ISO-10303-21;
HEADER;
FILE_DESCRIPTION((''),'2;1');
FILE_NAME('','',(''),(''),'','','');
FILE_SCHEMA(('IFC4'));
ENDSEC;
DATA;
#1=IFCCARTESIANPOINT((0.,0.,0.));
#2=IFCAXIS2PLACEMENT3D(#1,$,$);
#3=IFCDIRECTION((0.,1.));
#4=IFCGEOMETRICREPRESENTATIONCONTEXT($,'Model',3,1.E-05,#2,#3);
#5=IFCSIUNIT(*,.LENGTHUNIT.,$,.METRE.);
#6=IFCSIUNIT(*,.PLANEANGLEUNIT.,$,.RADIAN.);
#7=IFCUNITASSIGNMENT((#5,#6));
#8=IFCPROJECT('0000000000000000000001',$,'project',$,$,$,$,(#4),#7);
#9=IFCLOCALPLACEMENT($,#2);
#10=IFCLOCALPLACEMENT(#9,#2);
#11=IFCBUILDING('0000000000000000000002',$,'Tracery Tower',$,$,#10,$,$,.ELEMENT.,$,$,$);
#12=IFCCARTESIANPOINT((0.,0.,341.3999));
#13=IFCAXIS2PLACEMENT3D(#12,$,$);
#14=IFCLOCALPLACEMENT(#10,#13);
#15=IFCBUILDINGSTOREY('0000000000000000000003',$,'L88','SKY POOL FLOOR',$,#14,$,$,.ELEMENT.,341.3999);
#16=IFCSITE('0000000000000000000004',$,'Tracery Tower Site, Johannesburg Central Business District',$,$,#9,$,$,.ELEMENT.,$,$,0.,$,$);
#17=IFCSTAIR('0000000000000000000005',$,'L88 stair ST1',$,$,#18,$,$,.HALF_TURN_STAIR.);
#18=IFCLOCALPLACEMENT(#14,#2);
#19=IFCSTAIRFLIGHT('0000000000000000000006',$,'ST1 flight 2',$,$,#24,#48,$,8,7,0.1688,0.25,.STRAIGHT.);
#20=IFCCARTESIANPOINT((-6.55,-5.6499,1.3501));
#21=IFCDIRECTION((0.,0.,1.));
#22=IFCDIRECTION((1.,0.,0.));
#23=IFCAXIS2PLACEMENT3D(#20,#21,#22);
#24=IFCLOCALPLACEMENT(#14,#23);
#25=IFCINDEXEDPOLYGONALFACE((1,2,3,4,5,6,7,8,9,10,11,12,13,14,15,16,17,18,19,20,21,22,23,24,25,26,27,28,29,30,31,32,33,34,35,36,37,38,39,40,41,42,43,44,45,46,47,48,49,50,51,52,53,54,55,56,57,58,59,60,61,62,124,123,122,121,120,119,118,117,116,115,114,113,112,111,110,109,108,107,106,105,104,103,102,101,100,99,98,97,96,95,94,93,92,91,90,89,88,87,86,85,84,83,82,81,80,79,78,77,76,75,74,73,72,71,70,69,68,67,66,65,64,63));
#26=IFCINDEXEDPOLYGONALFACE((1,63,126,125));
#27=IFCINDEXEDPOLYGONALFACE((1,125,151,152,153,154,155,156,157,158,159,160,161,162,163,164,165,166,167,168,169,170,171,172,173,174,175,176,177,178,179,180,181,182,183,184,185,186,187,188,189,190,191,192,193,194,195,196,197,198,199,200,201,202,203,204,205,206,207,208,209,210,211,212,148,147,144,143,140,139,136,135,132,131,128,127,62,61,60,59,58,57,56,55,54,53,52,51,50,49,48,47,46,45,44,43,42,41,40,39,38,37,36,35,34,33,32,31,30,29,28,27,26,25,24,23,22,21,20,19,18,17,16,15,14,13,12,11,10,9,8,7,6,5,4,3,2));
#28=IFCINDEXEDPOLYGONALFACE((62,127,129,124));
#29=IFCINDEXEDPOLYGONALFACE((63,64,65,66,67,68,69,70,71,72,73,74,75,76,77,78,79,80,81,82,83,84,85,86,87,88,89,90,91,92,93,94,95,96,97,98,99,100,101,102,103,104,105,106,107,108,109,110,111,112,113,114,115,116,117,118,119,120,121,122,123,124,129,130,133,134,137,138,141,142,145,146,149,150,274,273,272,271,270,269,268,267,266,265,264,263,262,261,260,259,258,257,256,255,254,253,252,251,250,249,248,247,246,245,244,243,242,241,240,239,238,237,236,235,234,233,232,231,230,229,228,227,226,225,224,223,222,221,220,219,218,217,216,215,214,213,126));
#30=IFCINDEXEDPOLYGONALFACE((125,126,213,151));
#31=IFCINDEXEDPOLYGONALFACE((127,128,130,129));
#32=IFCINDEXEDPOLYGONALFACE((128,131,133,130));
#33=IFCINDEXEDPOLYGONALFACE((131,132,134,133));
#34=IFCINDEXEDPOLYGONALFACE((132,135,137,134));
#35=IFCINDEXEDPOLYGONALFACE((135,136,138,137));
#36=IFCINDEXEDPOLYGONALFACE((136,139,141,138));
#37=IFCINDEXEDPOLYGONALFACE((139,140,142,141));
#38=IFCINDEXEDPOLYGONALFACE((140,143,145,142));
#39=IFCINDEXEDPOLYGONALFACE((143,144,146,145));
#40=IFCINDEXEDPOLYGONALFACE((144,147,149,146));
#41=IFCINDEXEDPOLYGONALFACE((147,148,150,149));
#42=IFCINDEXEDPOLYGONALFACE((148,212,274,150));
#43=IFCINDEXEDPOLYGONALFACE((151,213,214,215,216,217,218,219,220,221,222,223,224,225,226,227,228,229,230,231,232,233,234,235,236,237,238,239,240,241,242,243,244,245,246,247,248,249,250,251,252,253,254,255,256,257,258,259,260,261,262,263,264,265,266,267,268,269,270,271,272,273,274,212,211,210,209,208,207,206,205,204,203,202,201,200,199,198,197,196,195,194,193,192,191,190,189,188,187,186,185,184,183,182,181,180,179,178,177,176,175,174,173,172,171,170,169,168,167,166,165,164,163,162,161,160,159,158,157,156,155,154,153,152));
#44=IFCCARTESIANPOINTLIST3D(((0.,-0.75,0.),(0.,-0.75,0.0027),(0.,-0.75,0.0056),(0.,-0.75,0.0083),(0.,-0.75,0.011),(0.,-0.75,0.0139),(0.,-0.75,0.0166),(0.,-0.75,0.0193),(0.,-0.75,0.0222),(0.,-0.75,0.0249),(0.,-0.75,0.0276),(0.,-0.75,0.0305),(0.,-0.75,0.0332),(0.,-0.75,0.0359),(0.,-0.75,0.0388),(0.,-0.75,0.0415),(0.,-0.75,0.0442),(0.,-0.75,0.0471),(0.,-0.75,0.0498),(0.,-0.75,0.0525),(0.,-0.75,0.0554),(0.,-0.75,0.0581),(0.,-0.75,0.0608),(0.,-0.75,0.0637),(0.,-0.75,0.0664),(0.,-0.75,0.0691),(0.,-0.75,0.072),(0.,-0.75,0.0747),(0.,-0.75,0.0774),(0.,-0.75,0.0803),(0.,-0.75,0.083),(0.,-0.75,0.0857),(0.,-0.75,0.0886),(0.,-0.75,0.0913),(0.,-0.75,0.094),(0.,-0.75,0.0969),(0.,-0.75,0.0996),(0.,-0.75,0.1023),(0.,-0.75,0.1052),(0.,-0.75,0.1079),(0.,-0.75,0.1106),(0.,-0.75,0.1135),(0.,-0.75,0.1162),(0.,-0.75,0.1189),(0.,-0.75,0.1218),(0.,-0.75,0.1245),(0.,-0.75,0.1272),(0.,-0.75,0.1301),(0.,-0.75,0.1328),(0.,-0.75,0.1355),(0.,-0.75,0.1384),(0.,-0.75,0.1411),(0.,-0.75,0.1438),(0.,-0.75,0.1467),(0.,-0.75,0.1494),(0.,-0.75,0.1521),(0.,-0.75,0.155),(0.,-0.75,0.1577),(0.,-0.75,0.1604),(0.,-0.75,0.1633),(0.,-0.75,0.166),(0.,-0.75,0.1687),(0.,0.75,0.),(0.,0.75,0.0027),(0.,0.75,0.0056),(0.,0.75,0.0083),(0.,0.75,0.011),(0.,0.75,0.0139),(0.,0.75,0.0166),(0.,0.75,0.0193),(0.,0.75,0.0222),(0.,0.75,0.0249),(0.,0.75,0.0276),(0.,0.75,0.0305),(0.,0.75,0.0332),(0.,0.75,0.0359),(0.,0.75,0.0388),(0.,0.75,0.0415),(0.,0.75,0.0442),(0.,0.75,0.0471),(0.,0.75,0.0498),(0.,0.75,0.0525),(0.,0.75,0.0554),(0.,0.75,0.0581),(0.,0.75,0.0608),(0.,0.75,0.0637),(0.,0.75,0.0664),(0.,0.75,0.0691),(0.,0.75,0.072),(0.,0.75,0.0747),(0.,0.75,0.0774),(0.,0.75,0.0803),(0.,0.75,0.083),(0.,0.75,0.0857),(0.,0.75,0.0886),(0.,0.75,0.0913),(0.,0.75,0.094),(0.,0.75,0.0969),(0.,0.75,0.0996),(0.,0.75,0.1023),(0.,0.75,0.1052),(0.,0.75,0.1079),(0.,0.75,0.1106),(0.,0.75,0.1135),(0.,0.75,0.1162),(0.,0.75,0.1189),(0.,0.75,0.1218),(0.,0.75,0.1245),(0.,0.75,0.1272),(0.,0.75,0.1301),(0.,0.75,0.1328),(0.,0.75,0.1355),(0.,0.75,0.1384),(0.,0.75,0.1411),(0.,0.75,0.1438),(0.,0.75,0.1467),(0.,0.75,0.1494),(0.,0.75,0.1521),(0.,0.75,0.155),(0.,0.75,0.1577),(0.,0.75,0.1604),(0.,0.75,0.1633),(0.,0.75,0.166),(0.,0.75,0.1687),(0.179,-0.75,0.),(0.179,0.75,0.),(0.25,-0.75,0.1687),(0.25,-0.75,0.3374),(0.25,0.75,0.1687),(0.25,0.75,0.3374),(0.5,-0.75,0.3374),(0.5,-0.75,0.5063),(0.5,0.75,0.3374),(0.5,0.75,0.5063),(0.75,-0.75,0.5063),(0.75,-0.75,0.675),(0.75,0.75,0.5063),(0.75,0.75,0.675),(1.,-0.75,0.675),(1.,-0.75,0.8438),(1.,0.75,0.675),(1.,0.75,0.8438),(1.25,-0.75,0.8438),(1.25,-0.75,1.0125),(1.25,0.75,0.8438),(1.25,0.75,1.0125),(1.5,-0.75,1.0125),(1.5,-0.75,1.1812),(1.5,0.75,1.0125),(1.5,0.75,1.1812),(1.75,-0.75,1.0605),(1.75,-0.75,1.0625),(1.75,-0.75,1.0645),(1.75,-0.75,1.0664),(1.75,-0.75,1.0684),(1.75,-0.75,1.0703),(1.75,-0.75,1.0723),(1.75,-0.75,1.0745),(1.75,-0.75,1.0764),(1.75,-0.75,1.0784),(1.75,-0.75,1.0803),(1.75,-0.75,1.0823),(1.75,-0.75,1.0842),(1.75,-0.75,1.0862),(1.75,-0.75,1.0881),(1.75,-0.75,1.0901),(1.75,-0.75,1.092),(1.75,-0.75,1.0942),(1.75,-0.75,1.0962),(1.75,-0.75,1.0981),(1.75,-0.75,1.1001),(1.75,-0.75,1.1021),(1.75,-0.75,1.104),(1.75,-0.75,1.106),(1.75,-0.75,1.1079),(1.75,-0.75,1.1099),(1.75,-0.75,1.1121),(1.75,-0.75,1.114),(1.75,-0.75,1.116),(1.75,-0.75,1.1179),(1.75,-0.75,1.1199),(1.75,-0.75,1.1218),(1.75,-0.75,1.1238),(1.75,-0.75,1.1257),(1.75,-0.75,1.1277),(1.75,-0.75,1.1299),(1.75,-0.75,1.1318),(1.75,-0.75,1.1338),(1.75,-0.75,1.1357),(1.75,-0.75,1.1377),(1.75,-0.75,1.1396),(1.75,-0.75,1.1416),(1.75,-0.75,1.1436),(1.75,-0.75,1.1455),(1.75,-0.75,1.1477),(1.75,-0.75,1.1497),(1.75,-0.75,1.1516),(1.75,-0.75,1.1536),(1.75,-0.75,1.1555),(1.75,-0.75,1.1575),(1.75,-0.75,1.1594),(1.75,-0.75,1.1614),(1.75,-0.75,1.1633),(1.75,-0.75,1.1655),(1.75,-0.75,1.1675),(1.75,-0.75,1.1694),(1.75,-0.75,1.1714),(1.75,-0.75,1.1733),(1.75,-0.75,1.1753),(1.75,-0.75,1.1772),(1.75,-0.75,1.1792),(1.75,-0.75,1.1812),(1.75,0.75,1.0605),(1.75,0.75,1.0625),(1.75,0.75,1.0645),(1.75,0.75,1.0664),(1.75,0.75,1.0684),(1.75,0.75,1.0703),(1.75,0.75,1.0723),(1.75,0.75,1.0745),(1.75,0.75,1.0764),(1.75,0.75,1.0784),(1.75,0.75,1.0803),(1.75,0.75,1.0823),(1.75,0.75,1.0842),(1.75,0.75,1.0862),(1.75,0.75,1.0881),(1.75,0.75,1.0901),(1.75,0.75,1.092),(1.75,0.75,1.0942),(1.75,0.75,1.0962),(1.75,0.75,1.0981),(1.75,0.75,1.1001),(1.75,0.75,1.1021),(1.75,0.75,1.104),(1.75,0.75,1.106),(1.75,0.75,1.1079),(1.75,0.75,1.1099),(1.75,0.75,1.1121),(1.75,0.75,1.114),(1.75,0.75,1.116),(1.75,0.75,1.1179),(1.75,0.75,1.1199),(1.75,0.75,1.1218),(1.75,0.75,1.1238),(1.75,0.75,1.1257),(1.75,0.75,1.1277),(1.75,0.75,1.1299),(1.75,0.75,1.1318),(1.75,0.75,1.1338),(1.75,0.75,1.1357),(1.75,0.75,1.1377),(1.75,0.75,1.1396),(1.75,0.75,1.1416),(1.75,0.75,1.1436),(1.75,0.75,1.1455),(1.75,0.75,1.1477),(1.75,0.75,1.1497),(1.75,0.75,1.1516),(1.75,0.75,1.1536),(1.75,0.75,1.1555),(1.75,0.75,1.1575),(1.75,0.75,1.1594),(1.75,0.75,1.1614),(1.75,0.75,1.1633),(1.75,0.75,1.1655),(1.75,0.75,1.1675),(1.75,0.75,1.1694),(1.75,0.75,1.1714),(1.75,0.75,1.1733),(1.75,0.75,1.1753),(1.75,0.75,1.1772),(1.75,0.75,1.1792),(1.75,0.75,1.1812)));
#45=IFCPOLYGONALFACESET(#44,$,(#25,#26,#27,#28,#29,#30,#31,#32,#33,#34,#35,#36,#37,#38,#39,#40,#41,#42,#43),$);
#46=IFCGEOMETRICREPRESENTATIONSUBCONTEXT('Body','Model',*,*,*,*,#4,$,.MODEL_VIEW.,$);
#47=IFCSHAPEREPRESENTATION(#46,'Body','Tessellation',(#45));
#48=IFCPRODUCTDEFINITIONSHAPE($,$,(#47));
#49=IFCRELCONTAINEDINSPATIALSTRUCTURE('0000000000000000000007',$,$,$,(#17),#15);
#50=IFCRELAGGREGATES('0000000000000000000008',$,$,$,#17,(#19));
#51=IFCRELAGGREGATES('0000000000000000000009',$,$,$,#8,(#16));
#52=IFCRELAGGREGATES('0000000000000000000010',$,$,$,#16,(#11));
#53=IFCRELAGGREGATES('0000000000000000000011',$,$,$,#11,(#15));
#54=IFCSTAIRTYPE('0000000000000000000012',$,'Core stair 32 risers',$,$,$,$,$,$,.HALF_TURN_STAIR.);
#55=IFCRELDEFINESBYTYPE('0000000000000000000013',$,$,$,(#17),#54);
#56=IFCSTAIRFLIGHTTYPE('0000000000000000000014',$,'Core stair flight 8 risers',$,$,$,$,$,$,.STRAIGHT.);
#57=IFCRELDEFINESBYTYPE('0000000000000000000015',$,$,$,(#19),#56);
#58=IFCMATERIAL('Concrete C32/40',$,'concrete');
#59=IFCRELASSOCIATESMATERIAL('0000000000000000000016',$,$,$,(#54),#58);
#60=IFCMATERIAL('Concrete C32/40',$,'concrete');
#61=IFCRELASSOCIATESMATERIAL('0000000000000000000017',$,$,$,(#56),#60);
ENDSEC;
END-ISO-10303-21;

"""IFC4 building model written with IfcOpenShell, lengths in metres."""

from ifc_helpers import new_model, si_unit, direction, frame, origin, place, context, subcontext, project, spatial, polyline, outline, extrude, material, type_object, element, aggregate, save


model = new_model("IFC4")

# Units and contexts
model_context = context("Model", 3, precision=1e-05, world=origin(), true_north=direction((0.0, 1.0)))
body_context = subcontext(model_context, "Body", "Model", "MODEL_VIEW")
ifc_project = project(units=[si_unit("LENGTHUNIT", "METRE"), si_unit("PLANEANGLEUNIT", "RADIAN")], contexts=[model_context])

# Site, building, storey
site_placement = place(None, origin())
site = spatial("IfcSite", under=ifc_project, at=site_placement, Name="Tracery Tower Site, Johannesburg Central Business District", CompositionType="ELEMENT", RefElevation=0.0)
building_placement = place(site_placement, origin())
building = spatial("IfcBuilding", under=site, at=building_placement, Name="Tracery Tower", CompositionType="ELEMENT")
storey_placement = place(building_placement, frame((0.0, 0.0, 341.3999)))
storey = spatial("IfcBuildingStorey", under=building, at=storey_placement, Name="L88", Description="SKY POOL FLOOR", CompositionType="ELEMENT", Elevation=341.3999)

# Stair, stair flight
ifc_material_1 = material(Name="Concrete C32/40", Category="concrete")
stair_type = type_object("IfcStairType", Name="Core stair 32 risers", PredefinedType="HALF_TURN_STAIR", material=ifc_material_1)
stair_placement = place(storey_placement, origin())
stair = element("IfcStair", 1, at=stair_placement, inside=storey, type_object=stair_type, Name="L88 stair ST1", PredefinedType="HALF_TURN_STAIR")
ifc_material_2 = material(Name="Concrete C32/40", Category="concrete")
stair_flight_type = type_object("IfcStairFlightType", Name="Core stair flight 8 risers", PredefinedType="STRAIGHT", material=ifc_material_2)
stair_flight_1_placement = place(storey_placement, frame((-6.55, -5.6499, 1.3501), z_axis=(0.0, 0.0, 1.0), x_axis=(1.0, 0.0, 0.0)))
stair_flight_1 = element("IfcStairFlight", 2, at=stair_flight_1_placement, type_object=stair_flight_type, Name="ST1 flight 2", NumberOfRisers=8, NumberOfTreads=7, PredefinedType="STRAIGHT", RiserHeight=0.1688, TreadLength=0.25, context=body_context, shape_type="SweptSolid", body=[
    extrude(outline(polyline([(0.0, 0.0), (0.0, 0.0027), (0.0, 0.0056), (0.0, 0.0083), (0.0, 0.011), (0.0, 0.0139), (0.0, 0.0166), (0.0, 0.0193), (0.0, 0.0222), (0.0, 0.0249), (0.0, 0.0276), (0.0, 0.0305), (0.0, 0.0332), (0.0, 0.0359), (0.0, 0.0388), (0.0, 0.0415), (0.0, 0.0442), (0.0, 0.0471), (0.0, 0.0498), (0.0, 0.0525), (0.0, 0.0554), (0.0, 0.0581), (0.0, 0.0608), (0.0, 0.0637), (0.0, 0.0664), (0.0, 0.0691), (0.0, 0.072), (0.0, 0.0747), (0.0, 0.0774), (0.0, 0.0803), (0.0, 0.083), (0.0, 0.0857), (0.0, 0.0886), (0.0, 0.0913), (0.0, 0.094), (0.0, 0.0969), (0.0, 0.0996), (0.0, 0.1023), (0.0, 0.1052), (0.0, 0.1079), (0.0, 0.1106), (0.0, 0.1135), (0.0, 0.1162), (0.0, 0.1189), (0.0, 0.1218), (0.0, 0.1245), (0.0, 0.1272), (0.0, 0.1301), (0.0, 0.1328), (0.0, 0.1355), (0.0, 0.1384), (0.0, 0.1411), (0.0, 0.1438), (0.0, 0.1467), (0.0, 0.1494), (0.0, 0.1521), (0.0, 0.155), (0.0, 0.1577), (0.0, 0.1604), (0.0, 0.1633), (0.0, 0.166), (0.0, 0.1687), (0.25, 0.1687), (0.25, 0.3374), (0.5, 0.3374), (0.5, 0.5063), (0.75, 0.5063), (0.75, 0.675), (1.0, 0.675), (1.0, 0.8438), (1.25, 0.8438), (1.25, 1.0125), (1.5, 1.0125), (1.5, 1.1812), (1.75, 1.1812), (1.75, 1.1792), (1.75, 1.1772), (1.75, 1.1753), (1.75, 1.1733), (1.75, 1.1714), (1.75, 1.1694), (1.75, 1.1675), (1.75, 1.1655), (1.75, 1.1633), (1.75, 1.1614), (1.75, 1.1594), (1.75, 1.1575), (1.75, 1.1555), (1.75, 1.1536), (1.75, 1.1516), (1.75, 1.1497), (1.75, 1.1477), (1.75, 1.1455), (1.75, 1.1436), (1.75, 1.1416), (1.75, 1.1396), (1.75, 1.1377), (1.75, 1.1357), (1.75, 1.1338), (1.75, 1.1318), (1.75, 1.1299), (1.75, 1.1277), (1.75, 1.1257), (1.75, 1.1238), (1.75, 1.1218), (1.75, 1.1199), (1.75, 1.1179), (1.75, 1.116), (1.75, 1.114), (1.75, 1.1121), (1.75, 1.1099), (1.75, 1.1079), (1.75, 1.106), (1.75, 1.104), (1.75, 1.1021), (1.75, 1.1001), (1.75, 1.0981), (1.75, 1.0962), (1.75, 1.0942), (1.75, 1.092), (1.75, 1.0901), (1.75, 1.0881), (1.75, 1.0862), (1.75, 1.0842), (1.75, 1.0823), (1.75, 1.0803), (1.75, 1.0784), (1.75, 1.0764), (1.75, 1.0745), (1.75, 1.0723), (1.75, 1.0703), (1.75, 1.0684), (1.75, 1.0664), (1.75, 1.0645), (1.75, 1.0625), (1.75, 1.0605), (0.179, 0.0), (0.0, 0.0)])), frame((0.0, 0.75, 0.0), z_axis=(0.0, -1.0, 0.0), x_axis=(1.0, 0.0, 0.0)), (0.0, 0.0, 1.0), 1.5),
])
aggregate(stair, [stair_flight_1])

save(model, "model.ifc")
